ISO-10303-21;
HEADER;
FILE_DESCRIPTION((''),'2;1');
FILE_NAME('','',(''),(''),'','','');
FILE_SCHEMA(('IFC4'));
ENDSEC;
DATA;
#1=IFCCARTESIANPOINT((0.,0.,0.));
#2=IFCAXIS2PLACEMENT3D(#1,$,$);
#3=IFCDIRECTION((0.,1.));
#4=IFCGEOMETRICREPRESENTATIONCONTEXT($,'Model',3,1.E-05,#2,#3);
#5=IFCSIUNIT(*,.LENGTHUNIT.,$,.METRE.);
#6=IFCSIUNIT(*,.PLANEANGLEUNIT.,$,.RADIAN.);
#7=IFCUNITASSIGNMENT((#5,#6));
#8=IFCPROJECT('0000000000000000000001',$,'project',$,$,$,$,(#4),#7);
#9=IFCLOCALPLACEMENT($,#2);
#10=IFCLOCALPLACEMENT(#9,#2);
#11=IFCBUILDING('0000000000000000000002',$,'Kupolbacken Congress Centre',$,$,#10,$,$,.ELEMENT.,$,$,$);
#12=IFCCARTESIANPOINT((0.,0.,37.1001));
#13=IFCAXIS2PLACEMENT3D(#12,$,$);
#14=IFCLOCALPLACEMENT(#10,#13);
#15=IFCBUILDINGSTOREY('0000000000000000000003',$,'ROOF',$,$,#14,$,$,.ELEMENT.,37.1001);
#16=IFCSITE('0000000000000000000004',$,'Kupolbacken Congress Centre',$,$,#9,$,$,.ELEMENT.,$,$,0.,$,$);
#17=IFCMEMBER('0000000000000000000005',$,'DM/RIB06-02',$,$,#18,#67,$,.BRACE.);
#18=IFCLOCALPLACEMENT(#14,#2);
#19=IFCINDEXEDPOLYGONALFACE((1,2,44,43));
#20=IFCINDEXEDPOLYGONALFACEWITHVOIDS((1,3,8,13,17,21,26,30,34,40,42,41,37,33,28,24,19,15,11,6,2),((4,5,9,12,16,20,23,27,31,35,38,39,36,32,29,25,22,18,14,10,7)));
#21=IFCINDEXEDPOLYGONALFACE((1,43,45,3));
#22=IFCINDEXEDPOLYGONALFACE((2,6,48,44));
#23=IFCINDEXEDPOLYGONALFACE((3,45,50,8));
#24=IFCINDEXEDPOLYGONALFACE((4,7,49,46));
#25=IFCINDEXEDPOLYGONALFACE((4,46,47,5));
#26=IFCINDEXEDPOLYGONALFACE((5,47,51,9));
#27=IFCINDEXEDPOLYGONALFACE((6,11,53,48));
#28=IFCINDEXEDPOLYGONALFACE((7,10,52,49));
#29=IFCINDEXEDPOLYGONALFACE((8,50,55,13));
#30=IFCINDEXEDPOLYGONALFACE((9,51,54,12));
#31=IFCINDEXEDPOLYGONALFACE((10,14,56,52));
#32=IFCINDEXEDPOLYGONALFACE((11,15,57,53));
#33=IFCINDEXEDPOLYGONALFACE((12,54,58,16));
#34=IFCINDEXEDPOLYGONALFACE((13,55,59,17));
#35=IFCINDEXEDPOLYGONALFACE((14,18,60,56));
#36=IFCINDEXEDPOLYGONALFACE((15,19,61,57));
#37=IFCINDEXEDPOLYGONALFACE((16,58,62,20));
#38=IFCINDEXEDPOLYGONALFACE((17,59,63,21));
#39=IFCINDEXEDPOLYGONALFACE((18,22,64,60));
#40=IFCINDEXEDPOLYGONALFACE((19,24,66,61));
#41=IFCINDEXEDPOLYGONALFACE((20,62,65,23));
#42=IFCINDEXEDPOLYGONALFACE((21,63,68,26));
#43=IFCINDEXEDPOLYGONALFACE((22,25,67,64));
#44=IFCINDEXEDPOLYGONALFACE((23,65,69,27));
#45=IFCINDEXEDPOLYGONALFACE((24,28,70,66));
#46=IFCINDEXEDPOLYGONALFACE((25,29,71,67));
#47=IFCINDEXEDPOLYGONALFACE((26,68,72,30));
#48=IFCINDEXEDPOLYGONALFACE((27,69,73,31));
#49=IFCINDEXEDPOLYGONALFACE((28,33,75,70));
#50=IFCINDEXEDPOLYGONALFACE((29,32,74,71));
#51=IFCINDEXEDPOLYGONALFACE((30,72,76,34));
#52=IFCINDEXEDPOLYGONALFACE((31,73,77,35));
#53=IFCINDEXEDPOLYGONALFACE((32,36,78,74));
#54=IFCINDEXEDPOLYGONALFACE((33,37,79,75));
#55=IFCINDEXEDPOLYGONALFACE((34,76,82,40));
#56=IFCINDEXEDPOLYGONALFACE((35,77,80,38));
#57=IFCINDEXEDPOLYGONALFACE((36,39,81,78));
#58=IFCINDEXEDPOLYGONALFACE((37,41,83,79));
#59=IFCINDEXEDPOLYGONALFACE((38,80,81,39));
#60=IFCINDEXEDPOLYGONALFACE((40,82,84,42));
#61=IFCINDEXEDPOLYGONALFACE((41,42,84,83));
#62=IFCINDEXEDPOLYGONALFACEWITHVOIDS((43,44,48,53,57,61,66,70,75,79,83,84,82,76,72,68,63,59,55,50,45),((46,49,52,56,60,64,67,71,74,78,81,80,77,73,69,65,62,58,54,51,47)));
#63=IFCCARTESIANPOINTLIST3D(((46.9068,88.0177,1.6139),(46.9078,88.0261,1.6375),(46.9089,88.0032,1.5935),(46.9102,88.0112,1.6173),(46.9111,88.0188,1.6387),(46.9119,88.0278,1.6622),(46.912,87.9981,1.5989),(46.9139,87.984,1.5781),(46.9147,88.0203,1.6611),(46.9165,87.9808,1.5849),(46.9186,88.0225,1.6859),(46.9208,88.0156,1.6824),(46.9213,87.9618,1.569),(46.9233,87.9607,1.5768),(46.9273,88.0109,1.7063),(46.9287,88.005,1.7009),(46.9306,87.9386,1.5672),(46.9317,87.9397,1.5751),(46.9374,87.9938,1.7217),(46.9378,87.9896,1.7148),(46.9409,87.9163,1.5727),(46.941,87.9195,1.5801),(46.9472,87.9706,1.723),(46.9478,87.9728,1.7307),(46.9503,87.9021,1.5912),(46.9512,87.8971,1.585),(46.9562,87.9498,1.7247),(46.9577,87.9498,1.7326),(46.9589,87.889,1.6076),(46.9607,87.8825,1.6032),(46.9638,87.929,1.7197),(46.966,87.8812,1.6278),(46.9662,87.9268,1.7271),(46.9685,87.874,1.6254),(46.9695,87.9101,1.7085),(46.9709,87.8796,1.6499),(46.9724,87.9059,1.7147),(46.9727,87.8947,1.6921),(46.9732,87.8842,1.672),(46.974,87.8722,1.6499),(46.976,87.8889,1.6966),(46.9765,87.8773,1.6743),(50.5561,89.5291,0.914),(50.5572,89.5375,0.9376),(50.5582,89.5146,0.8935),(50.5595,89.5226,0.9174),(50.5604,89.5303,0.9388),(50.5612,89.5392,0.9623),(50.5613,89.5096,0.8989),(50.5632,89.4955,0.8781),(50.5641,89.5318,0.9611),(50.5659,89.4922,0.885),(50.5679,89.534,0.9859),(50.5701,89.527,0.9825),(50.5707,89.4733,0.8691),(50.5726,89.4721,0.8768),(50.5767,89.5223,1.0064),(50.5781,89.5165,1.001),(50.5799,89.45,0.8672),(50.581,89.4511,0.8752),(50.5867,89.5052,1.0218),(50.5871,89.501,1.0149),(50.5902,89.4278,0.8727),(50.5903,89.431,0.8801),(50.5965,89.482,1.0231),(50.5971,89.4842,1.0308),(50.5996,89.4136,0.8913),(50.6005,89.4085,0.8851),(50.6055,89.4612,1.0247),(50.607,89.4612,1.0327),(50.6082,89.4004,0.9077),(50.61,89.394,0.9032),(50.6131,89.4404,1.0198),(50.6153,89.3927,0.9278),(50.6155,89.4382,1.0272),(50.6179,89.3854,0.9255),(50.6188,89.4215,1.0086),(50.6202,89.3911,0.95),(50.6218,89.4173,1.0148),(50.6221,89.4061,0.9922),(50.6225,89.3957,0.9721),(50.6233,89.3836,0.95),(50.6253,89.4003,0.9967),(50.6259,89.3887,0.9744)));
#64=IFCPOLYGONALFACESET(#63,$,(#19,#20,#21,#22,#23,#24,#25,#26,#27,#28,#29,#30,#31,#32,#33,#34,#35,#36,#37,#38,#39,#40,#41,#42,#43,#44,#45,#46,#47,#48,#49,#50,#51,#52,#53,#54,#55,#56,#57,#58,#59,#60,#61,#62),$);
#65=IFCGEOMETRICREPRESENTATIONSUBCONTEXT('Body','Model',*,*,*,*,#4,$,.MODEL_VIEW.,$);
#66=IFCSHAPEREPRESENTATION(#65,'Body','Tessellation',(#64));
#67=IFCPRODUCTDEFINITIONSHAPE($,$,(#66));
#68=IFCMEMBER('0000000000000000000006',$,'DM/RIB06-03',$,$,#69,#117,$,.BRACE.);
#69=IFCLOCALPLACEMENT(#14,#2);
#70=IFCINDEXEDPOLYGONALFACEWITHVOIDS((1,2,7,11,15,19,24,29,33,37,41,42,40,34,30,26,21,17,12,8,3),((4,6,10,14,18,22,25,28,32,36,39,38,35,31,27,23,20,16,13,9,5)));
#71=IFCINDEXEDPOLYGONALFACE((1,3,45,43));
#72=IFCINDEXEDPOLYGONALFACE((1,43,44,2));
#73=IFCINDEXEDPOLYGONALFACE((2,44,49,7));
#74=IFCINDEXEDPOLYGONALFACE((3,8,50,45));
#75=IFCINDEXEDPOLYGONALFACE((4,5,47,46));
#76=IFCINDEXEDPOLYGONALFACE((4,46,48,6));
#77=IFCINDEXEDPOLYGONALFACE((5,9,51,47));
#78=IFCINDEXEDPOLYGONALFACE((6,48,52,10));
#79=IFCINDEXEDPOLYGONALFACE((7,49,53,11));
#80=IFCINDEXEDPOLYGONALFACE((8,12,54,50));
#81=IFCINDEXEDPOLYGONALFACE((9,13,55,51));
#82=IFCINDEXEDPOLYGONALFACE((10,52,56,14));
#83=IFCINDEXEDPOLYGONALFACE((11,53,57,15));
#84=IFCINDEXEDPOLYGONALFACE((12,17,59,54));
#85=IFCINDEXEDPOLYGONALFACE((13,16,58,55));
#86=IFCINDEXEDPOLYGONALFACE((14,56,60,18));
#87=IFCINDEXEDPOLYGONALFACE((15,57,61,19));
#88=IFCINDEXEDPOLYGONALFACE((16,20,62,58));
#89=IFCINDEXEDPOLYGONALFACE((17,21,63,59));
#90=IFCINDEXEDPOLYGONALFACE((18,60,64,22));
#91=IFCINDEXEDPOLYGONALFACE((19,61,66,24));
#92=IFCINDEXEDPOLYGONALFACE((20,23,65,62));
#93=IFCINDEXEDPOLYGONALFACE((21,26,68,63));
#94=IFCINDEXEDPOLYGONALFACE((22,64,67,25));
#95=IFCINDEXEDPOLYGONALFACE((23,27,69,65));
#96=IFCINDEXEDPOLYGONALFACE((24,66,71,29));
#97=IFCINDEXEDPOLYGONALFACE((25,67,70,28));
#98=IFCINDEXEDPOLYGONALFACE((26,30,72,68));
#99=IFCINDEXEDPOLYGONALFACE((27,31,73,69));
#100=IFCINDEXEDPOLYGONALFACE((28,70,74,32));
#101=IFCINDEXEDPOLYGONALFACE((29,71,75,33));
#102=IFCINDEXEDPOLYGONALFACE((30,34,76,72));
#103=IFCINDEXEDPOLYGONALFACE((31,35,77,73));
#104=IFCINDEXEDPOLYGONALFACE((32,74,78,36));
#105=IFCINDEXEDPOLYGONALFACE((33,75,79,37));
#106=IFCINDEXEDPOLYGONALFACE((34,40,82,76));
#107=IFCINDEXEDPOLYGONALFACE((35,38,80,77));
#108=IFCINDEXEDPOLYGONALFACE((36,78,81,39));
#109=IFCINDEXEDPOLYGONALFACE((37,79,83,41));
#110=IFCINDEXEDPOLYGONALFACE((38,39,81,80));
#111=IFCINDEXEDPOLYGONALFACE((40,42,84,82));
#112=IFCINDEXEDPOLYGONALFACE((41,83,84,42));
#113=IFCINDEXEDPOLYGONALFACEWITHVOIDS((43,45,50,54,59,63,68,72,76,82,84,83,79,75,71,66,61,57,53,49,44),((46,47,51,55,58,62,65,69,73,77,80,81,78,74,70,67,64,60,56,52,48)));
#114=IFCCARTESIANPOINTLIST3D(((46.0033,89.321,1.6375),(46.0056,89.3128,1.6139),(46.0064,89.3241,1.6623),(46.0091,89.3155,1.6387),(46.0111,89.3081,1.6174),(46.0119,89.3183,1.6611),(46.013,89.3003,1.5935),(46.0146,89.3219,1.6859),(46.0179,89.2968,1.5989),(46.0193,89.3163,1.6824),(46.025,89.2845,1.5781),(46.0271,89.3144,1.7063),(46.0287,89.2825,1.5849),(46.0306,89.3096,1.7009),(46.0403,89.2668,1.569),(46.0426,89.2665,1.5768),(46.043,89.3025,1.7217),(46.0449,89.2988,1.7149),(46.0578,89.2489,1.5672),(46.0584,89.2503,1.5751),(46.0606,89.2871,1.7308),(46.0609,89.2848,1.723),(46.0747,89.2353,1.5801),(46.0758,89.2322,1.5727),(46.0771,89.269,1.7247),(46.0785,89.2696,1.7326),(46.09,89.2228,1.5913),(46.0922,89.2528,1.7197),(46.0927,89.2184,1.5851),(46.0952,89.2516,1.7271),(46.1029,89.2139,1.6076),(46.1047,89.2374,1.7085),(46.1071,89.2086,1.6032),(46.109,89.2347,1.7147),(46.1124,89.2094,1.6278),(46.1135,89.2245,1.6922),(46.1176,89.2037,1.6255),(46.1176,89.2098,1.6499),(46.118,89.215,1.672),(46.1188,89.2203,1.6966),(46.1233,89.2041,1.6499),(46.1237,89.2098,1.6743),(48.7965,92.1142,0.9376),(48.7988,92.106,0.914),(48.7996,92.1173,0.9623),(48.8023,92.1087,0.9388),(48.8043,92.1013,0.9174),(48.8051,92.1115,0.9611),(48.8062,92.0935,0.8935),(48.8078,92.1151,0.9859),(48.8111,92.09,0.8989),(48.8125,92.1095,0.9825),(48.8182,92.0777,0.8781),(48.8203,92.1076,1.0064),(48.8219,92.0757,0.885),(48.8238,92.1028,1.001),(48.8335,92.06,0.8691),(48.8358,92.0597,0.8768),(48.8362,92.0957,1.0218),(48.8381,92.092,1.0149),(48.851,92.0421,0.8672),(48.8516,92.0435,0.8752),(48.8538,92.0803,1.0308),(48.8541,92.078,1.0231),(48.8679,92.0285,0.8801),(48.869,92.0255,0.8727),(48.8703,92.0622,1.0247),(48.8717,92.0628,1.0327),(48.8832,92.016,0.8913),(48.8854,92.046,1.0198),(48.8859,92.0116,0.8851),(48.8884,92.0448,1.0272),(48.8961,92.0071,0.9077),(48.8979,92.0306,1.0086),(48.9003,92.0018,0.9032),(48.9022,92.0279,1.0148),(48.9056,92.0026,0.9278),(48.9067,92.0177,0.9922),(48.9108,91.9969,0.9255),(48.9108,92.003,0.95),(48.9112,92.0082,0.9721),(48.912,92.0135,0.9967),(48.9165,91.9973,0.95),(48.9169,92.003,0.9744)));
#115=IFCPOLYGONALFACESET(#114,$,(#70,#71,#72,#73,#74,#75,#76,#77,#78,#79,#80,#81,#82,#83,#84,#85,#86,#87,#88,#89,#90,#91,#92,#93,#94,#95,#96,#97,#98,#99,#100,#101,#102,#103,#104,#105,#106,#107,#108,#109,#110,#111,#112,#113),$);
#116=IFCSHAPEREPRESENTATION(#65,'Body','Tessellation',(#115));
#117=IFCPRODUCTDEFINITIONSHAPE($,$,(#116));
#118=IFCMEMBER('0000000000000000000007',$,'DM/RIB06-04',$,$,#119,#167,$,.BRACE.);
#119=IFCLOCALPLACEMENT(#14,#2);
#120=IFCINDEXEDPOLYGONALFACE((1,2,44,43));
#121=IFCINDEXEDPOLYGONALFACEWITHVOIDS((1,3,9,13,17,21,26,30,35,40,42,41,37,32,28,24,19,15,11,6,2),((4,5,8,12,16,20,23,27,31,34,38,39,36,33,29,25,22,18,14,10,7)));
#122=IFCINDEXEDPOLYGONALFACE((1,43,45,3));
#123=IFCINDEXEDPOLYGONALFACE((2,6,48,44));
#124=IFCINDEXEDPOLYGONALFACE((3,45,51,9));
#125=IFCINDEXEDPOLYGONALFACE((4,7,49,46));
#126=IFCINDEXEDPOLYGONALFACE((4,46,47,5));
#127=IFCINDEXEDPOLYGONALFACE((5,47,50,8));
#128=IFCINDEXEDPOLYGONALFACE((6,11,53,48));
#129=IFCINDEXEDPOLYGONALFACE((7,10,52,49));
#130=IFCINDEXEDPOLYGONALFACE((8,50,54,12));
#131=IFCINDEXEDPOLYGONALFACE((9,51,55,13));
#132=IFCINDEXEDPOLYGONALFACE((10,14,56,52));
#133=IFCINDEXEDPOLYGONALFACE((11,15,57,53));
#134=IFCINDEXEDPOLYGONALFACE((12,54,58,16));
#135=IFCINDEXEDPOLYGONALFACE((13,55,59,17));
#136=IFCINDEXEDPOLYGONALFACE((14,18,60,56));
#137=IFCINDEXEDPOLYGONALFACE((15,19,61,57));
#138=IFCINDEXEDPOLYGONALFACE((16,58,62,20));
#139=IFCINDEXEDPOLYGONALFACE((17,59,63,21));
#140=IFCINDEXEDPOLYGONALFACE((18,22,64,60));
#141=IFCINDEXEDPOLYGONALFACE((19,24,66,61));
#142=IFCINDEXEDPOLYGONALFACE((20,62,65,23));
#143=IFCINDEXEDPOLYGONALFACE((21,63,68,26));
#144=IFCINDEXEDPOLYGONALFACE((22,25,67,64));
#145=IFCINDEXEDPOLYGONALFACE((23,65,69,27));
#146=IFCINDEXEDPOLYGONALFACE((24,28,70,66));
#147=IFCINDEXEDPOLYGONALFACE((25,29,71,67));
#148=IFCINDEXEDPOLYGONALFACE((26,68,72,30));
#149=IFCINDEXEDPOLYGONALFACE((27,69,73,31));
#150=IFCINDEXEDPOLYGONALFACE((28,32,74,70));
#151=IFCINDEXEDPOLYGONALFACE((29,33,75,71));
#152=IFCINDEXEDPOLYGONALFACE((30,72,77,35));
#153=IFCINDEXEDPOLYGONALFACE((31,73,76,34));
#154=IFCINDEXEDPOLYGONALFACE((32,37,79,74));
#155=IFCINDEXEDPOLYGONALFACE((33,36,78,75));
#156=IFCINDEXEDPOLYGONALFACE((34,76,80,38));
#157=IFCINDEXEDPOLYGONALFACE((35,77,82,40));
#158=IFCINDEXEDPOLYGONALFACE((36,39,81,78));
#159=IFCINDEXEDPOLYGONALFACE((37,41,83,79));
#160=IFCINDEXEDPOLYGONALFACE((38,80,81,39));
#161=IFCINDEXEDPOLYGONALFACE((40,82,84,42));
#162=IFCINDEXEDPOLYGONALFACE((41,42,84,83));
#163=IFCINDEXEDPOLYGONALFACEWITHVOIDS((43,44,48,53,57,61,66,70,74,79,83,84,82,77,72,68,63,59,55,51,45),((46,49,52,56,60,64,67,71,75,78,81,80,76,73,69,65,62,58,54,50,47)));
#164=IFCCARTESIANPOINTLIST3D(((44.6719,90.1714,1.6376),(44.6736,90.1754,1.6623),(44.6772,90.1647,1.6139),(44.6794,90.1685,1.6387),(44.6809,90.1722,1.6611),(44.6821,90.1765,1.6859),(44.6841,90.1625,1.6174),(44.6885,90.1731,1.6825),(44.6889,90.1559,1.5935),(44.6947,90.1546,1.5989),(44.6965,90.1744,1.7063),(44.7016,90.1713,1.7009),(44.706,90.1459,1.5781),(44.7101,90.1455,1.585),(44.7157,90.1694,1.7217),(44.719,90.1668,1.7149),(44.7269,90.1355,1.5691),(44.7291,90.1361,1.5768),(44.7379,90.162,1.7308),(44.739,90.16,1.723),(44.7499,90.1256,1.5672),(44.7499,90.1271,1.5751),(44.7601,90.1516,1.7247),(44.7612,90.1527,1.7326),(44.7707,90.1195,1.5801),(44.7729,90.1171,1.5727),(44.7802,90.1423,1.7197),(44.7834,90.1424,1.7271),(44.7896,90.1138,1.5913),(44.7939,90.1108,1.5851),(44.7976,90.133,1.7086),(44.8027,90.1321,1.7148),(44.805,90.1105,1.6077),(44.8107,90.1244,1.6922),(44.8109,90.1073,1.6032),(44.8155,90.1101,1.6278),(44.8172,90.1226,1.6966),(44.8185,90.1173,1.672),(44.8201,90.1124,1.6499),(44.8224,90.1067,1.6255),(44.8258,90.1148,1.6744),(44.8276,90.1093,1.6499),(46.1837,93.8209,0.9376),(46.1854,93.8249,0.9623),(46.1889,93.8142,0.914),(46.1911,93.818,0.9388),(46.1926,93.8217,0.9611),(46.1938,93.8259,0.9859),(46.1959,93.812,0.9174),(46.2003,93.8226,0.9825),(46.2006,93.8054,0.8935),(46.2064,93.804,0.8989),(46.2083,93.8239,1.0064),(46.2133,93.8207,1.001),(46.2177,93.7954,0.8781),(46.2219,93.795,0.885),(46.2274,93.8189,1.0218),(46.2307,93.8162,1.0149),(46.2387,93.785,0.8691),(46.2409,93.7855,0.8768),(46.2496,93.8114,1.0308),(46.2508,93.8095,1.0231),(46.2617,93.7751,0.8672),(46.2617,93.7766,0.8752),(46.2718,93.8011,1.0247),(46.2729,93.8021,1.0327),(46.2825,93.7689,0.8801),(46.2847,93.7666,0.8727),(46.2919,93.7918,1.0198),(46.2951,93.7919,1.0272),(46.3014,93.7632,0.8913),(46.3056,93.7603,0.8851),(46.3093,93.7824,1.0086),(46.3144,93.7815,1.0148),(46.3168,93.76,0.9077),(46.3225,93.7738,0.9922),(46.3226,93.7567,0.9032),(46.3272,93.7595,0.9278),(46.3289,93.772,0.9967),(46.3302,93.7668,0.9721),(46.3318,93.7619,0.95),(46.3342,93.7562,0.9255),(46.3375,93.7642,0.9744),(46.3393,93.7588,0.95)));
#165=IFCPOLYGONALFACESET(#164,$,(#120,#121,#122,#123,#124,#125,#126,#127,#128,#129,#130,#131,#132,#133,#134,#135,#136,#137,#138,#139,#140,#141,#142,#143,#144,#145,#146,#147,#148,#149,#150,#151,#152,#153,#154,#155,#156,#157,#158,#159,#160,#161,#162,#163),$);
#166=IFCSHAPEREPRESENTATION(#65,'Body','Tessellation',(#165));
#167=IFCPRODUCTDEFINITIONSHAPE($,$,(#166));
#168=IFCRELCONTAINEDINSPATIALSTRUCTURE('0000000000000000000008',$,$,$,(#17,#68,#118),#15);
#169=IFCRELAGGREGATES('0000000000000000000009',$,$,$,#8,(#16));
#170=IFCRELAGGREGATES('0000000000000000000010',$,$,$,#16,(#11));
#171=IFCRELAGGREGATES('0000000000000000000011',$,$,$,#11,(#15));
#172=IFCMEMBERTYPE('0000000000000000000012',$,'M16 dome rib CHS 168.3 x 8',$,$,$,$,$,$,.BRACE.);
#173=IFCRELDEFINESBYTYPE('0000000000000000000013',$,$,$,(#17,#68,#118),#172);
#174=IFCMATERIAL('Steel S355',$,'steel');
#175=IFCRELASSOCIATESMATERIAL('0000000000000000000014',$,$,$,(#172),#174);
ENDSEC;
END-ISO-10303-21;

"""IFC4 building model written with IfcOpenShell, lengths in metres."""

from ifc_helpers import new_model, si_unit, direction, frame, origin, origin_2d, place, context, subcontext, project, spatial, hollow_circle, extrude, material, material_profile, profile_set, type_object, element, save


model = new_model("IFC4")

# Units and contexts
model_context = context("Model", 3, precision=1e-05, world=origin(), true_north=direction((0.0, 1.0)))
body_context = subcontext(model_context, "Body", "Model", "MODEL_VIEW")
ifc_project = project(units=[si_unit("LENGTHUNIT", "METRE"), si_unit("PLANEANGLEUNIT", "RADIAN")], contexts=[model_context])

# Site, building, storey
site_placement = place(None, origin())
site = spatial("IfcSite", under=ifc_project, at=site_placement, Name="Kupolbacken Congress Centre", CompositionType="ELEMENT", RefElevation=0.0)
building_placement = place(site_placement, origin())
building = spatial("IfcBuilding", under=site, at=building_placement, Name="Kupolbacken Congress Centre", CompositionType="ELEMENT")
storey_placement = place(building_placement, frame((0.0, 0.0, 37.1001)))
storey = spatial("IfcBuildingStorey", under=building, at=storey_placement, Name="ROOF", CompositionType="ELEMENT", Elevation=37.1001)

# Members
ifc_material_1 = material(Name="Steel S355", Category="steel")
ifc_material_profile_1 = material_profile(ifc_material_1, hollow_circle(Radius=0.0842, WallThickness=0.0081, at=origin_2d()), Name="CHS 168.3 x 8")
ifc_profile_set_1 = profile_set([ifc_material_profile_1], Name="Steel S355")
member_type_1 = type_object("IfcMemberType", Name="M16 dome rib CHS 168.3 x 8", PredefinedType="BRACE", material=ifc_profile_set_1)
member_1_placement = place(storey_placement, frame((50.5911, 89.4614, 0.95), z_axis=(-0.909722, -0.376779, 0.174483), x_axis=(0.382648, -0.923894, 0.0)))
element("IfcMember", 1, at=member_1_placement, inside=storey, type_object=member_type_1, Name="DM/RIB06-02", PredefinedType="BRACE", context=body_context, shape_type="SweptSolid", body=[
    extrude(hollow_circle(Radius=0.0842, WallThickness=0.0081, at=origin_2d()), origin(), (0.0, 0.0, 1.0), 4.0115),
])
for number, where, z_axis, x_axis, name in (
    (2, (48.8569, 92.0569, 0.95), (-0.696261, -0.696261, 0.174476), (0.707107, -0.707107, 0.0), "DM/RIB06-03"),
    (3, (46.2615, 93.791, 0.95), (-0.376831, -0.909701, 0.174479), (0.923872, -0.382701, 0.0), "DM/RIB06-04"),
):
    element("IfcMember", number, at=place(storey_placement, frame(where, z_axis=z_axis, x_axis=x_axis)), inside=storey, type_object=member_type_1, Name=name, PredefinedType="BRACE", context=body_context, shape_type="SweptSolid", body=[
        extrude(hollow_circle(Radius=0.0842, WallThickness=0.0081, at=origin_2d()), origin(), (0.0, 0.0, 1.0), 4.0117),
    ])

save(model, "model.ifc")
